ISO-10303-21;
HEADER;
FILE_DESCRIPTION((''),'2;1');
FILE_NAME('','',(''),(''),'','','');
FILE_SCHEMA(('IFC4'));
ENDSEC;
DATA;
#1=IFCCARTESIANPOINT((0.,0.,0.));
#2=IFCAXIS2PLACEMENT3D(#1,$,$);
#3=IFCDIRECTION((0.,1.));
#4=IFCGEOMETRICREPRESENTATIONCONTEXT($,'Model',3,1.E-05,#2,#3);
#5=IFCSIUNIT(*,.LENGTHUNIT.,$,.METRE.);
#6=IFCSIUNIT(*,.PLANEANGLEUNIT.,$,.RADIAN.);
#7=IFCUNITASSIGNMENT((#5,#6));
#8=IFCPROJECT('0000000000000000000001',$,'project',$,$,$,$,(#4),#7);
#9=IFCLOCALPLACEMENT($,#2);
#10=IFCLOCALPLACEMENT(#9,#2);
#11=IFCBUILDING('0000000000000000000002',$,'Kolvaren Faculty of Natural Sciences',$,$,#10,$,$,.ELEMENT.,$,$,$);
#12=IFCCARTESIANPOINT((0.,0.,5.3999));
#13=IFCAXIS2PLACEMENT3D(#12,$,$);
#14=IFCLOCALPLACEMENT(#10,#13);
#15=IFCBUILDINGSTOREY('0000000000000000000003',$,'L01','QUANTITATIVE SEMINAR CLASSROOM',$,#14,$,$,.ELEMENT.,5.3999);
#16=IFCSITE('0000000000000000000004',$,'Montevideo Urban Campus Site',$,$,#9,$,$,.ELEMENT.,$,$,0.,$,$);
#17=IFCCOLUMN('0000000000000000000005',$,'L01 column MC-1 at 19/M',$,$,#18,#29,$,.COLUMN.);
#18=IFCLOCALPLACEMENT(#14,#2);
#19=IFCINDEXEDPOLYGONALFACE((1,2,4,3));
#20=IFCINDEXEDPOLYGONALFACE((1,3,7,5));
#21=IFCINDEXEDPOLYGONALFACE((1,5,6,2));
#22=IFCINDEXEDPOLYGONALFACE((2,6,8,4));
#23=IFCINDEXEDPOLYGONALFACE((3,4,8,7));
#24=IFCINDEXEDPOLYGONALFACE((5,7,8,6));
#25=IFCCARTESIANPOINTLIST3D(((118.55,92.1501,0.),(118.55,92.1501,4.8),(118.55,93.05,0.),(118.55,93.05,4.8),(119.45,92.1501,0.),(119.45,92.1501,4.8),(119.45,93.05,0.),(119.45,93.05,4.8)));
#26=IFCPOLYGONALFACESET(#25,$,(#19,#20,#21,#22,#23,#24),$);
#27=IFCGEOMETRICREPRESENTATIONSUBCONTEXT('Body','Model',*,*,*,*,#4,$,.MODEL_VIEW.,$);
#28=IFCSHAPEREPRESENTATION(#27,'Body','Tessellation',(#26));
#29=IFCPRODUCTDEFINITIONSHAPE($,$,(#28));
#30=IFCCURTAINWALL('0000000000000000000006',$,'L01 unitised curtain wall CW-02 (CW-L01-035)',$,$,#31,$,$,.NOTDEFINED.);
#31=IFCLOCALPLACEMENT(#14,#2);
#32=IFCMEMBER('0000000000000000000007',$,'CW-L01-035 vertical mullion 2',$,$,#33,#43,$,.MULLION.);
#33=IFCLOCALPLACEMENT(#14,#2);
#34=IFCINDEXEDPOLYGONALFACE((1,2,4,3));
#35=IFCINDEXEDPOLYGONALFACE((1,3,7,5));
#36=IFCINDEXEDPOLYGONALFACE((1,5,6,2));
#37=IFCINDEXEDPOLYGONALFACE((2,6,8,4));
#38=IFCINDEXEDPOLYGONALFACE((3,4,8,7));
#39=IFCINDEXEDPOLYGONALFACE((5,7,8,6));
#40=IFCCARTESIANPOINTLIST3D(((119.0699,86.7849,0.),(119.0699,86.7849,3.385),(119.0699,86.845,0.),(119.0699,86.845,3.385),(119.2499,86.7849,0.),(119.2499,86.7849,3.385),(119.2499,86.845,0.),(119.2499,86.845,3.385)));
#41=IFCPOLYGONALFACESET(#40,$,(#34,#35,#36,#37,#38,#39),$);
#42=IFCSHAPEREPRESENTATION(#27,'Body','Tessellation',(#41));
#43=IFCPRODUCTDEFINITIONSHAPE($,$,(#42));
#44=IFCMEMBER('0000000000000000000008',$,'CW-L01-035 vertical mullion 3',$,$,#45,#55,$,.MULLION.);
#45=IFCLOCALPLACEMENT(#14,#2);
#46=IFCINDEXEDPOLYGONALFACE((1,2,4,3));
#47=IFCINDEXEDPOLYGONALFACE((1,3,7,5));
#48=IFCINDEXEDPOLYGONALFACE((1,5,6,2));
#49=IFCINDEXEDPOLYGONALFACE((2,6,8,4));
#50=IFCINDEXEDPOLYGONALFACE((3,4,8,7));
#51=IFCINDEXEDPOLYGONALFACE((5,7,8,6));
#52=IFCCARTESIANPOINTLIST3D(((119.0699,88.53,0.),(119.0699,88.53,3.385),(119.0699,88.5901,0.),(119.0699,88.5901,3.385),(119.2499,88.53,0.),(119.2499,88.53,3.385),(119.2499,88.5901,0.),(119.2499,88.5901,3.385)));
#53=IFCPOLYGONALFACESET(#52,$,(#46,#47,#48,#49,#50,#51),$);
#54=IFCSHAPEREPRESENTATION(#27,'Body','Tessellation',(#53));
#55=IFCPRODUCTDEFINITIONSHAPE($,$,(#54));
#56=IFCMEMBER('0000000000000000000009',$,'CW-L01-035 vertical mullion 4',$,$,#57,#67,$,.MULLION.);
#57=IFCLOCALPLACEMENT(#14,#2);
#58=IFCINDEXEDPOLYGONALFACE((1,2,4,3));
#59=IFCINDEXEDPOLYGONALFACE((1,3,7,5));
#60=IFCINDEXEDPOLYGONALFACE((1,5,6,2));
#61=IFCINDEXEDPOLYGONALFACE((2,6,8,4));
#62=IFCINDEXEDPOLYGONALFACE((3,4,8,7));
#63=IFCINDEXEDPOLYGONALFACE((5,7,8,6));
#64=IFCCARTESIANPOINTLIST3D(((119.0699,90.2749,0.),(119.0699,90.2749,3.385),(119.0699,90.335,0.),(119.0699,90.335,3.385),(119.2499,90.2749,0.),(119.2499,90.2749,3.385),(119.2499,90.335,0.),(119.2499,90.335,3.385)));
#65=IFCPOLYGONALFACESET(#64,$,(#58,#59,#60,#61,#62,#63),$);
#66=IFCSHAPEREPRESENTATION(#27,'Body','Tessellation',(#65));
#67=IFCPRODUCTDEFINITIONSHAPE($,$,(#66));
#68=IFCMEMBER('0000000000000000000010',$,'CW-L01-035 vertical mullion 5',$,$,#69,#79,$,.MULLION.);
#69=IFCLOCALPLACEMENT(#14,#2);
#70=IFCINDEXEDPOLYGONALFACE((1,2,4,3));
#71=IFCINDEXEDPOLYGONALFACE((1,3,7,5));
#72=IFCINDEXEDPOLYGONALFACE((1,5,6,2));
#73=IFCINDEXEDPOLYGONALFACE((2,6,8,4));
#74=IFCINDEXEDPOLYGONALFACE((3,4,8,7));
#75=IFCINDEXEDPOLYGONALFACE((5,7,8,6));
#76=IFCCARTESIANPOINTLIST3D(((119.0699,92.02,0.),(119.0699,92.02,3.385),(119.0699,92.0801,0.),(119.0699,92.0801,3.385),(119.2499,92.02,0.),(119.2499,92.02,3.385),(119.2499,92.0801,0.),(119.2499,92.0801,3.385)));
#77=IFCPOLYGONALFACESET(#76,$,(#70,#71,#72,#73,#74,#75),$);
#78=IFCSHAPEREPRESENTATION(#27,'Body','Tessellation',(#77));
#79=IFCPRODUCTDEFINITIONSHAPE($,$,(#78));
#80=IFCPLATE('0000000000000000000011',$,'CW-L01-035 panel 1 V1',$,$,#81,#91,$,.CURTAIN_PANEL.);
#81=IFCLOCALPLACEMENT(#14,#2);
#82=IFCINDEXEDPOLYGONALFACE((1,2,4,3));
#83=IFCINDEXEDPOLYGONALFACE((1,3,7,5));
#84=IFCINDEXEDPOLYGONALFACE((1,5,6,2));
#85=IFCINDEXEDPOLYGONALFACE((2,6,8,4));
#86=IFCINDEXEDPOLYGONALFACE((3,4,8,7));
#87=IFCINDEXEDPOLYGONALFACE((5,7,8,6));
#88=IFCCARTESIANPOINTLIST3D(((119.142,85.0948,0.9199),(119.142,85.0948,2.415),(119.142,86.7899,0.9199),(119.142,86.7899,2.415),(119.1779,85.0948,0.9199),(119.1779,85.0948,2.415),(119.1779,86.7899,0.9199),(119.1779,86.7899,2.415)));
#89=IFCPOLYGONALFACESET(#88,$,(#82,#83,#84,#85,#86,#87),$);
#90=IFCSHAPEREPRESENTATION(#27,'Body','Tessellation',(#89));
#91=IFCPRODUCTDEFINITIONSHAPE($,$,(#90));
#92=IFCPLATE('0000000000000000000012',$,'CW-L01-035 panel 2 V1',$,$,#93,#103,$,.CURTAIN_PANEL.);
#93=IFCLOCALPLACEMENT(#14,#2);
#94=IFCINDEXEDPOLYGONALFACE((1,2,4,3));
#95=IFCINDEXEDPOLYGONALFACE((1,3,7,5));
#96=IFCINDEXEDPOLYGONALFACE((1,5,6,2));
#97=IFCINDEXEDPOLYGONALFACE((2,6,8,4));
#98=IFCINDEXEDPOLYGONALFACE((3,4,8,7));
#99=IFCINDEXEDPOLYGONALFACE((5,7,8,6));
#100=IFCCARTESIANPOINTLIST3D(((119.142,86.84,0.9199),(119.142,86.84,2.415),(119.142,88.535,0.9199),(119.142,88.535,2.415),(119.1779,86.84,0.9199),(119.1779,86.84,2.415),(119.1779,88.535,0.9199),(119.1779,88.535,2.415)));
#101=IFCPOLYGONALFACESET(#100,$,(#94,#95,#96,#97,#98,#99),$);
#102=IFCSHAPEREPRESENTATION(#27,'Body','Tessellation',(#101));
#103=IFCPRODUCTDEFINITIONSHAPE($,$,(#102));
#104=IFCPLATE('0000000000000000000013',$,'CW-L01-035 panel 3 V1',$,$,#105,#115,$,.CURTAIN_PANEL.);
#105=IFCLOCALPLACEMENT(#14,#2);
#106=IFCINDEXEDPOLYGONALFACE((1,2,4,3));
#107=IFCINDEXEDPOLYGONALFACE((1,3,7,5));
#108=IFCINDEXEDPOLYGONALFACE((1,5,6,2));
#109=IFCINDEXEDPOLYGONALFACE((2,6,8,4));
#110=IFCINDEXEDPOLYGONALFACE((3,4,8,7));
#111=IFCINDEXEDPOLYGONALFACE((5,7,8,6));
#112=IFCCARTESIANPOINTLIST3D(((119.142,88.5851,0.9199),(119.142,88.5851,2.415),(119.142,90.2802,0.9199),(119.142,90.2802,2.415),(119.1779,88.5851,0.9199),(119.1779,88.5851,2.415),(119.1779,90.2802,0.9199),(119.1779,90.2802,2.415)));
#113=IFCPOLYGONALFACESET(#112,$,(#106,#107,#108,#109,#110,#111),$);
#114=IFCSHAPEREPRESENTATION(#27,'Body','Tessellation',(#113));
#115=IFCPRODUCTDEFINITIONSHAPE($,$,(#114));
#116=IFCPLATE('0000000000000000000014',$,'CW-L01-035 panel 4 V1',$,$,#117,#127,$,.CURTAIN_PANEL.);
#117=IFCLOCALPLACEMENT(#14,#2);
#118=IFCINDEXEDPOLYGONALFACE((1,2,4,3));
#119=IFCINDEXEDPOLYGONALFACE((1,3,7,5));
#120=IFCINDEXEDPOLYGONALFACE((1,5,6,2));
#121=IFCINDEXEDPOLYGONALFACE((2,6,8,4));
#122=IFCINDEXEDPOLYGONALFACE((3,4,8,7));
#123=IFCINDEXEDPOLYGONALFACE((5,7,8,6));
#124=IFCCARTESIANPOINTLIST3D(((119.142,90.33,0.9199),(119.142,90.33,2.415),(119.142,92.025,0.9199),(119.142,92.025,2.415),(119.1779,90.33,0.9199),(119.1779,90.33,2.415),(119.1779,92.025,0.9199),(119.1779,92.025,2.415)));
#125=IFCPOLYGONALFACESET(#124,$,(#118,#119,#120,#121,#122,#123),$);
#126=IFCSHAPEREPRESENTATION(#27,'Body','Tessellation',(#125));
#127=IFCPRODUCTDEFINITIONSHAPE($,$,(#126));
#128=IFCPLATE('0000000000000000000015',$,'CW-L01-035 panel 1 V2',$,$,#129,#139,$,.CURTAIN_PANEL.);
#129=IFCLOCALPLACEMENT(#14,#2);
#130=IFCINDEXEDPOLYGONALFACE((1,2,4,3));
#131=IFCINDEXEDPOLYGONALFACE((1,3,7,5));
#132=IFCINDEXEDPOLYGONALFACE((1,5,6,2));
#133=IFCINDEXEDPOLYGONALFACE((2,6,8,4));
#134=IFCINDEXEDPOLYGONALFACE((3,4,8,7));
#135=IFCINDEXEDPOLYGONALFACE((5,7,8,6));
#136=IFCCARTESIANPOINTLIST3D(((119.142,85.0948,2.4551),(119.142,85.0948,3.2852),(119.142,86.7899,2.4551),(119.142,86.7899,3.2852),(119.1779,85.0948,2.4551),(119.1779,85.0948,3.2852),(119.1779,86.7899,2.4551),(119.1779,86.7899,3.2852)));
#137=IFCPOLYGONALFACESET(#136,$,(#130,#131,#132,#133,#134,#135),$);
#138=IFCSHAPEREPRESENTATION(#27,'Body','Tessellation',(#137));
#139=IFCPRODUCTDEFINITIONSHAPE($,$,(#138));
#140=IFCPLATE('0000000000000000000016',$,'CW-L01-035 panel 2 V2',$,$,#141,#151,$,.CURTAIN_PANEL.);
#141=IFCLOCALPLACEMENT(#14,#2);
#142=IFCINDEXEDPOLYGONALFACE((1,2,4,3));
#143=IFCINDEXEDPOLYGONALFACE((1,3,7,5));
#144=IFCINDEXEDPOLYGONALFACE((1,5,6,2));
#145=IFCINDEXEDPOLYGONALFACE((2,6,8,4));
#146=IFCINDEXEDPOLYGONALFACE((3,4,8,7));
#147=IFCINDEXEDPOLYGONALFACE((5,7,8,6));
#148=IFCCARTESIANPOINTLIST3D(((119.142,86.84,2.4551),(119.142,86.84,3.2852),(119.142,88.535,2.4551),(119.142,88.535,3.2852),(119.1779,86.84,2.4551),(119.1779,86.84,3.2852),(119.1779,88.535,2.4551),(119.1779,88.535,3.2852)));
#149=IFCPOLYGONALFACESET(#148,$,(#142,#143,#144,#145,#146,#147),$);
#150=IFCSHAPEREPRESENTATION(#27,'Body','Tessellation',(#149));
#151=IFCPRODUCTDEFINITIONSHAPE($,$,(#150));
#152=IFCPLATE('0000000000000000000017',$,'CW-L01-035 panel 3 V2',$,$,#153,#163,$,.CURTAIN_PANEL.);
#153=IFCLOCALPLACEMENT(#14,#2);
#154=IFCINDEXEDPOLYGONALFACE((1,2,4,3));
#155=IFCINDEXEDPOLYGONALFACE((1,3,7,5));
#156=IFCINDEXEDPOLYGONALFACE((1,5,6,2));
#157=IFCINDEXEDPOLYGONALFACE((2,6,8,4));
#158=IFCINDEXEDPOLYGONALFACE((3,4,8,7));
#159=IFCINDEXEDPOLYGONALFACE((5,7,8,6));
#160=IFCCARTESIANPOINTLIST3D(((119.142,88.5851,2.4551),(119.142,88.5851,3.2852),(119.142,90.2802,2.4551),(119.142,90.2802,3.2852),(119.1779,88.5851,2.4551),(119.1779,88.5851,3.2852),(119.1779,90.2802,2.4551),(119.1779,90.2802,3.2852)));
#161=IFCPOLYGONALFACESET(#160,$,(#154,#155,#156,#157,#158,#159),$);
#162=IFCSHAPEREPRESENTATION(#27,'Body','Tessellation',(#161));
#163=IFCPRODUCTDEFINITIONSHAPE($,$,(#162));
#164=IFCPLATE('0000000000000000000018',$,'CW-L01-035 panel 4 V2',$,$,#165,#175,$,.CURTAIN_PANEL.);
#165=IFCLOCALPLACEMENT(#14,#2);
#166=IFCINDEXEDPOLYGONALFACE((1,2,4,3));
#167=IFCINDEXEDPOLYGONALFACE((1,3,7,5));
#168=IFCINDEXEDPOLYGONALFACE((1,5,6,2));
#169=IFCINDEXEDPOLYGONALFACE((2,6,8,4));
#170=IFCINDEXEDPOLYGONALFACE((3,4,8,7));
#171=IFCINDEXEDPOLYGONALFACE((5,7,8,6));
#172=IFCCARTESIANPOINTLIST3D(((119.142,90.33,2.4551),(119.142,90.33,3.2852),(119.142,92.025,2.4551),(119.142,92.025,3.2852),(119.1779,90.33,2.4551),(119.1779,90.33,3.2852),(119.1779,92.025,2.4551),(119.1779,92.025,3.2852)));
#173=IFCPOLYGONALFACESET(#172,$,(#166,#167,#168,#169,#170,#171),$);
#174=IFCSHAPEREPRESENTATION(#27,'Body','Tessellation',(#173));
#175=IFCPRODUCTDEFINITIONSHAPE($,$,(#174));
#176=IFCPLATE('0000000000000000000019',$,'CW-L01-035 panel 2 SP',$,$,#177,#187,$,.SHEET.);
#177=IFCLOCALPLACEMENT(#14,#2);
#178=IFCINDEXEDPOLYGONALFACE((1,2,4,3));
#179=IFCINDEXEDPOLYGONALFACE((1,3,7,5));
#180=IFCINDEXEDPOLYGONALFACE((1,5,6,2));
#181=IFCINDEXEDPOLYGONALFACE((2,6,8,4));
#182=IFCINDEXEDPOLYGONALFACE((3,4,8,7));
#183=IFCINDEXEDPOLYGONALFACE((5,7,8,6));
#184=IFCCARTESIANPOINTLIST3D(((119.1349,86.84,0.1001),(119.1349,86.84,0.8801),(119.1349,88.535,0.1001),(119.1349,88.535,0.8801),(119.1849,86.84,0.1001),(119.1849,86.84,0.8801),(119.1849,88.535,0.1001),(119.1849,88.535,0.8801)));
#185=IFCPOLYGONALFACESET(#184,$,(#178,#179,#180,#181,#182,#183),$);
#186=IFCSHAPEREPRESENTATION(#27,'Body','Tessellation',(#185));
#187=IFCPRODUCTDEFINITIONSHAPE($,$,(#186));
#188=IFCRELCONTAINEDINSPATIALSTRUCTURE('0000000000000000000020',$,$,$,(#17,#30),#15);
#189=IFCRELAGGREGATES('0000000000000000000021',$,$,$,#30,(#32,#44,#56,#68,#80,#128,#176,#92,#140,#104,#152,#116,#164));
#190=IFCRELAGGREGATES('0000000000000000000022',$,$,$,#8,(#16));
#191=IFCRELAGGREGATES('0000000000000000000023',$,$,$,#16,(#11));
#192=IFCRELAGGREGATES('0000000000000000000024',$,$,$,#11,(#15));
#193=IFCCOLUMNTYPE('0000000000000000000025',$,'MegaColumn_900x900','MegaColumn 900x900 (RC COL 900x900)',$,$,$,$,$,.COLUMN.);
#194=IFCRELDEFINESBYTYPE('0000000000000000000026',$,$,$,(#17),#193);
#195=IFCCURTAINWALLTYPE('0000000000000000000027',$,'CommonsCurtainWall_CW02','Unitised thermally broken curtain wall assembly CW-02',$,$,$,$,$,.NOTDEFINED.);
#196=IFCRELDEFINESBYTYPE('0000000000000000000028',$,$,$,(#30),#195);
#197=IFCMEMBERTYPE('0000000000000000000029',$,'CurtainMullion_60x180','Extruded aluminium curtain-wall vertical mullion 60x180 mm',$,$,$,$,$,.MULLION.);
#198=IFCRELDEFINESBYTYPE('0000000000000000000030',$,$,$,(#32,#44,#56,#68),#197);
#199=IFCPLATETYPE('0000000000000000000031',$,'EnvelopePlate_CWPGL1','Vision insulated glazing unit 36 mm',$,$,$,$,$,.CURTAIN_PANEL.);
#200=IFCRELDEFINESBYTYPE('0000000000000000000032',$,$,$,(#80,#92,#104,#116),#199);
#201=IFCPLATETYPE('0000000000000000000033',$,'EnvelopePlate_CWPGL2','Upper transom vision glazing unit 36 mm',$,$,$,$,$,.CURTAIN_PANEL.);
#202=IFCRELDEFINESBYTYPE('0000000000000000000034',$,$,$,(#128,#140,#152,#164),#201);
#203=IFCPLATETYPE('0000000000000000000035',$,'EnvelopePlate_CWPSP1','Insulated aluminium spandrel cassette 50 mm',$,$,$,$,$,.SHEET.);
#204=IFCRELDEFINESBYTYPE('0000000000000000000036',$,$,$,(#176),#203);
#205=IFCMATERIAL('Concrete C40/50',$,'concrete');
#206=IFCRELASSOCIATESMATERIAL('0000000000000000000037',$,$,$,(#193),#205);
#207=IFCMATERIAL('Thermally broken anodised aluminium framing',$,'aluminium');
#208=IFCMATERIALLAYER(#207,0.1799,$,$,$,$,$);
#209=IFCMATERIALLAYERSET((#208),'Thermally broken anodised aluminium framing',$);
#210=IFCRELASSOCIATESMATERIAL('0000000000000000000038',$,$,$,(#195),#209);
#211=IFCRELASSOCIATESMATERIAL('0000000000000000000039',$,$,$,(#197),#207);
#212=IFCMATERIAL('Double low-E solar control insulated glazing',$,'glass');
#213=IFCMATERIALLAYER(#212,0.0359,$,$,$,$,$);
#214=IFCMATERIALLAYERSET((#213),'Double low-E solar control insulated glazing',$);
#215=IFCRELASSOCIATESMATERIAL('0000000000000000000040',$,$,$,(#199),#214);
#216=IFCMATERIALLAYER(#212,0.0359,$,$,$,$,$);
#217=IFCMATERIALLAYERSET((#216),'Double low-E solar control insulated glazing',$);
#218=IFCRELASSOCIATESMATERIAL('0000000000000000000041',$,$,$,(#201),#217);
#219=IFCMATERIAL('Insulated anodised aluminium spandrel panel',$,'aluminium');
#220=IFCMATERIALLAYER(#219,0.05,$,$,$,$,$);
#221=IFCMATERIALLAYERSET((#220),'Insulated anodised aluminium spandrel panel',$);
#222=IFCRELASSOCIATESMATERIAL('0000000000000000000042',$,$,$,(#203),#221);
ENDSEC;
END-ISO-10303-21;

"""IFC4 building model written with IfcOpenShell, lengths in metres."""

from ifc_helpers import new_model, si_unit, direction, frame, origin, origin_2d, place, context, subcontext, project, spatial, rectangle, extrude, material, layer, layer_set, material_profile, profile_set, type_object, element, aggregate, save


model = new_model("IFC4")

# Units and contexts
model_context = context("Model", 3, precision=1e-05, world=origin(), true_north=direction((0.0, 1.0)))
body_context = subcontext(model_context, "Body", "Model", "MODEL_VIEW")
ifc_project = project(units=[si_unit("LENGTHUNIT", "METRE"), si_unit("PLANEANGLEUNIT", "RADIAN")], contexts=[model_context])

# Site, building, storey
site_placement = place(None, origin())
site = spatial("IfcSite", under=ifc_project, at=site_placement, Name="Montevideo Urban Campus Site", CompositionType="ELEMENT", RefElevation=0.0)
building_placement = place(site_placement, origin())
building = spatial("IfcBuilding", under=site, at=building_placement, Name="Kolvaren Faculty of Natural Sciences", CompositionType="ELEMENT")
storey_placement = place(building_placement, frame((0.0, 0.0, 5.3999)))
storey = spatial("IfcBuildingStorey", under=building, at=storey_placement, Name="L01", Description="QUANTITATIVE SEMINAR CLASSROOM", CompositionType="ELEMENT", Elevation=5.3999)

# Column
ifc_material_1 = material(Name="Concrete C40/50", Category="concrete")
ifc_material_profile_1 = material_profile(ifc_material_1, rectangle(XDim=0.8999, YDim=0.8999, at=origin_2d()), Name="RC COL 900x900")
ifc_profile_set_1 = profile_set([ifc_material_profile_1], Name="Concrete C40/50")
column_type = type_object("IfcColumnType", Name="MegaColumn_900x900", Description="MegaColumn 900x900 (RC COL 900x900)", PredefinedType="COLUMN", material=ifc_profile_set_1)
column_placement = place(storey_placement, frame((119.0, 92.6001, 0.0), z_axis=(0.0, 0.0, 1.0), x_axis=(1.0, 0.0, 0.0)))
element("IfcColumn", 1, at=column_placement, inside=storey, type_object=column_type, Name="L01 column MC-1 at 19/M", PredefinedType="COLUMN", context=body_context, shape_type="SweptSolid", body=[
    extrude(rectangle(XDim=0.8999, YDim=0.8999, at=origin_2d()), origin(), (0.0, 0.0, 1.0), 4.8),
])

# Curtain wall, members, plates
ifc_material_2 = material(Name="Thermally broken anodised aluminium framing", Category="aluminium")
ifc_layer_1 = layer(ifc_material_2, 0.1799)
ifc_layer_set_1 = layer_set([ifc_layer_1], Name="Thermally broken anodised aluminium framing")
curtain_wall_type = type_object("IfcCurtainWallType", Name="CommonsCurtainWall_CW02", Description="Unitised thermally broken curtain wall assembly CW-02", PredefinedType="NOTDEFINED", material=ifc_layer_set_1)
curtain_wall_placement = place(storey_placement, origin())
curtain_wall = element("IfcCurtainWall", 2, at=curtain_wall_placement, inside=storey, type_object=curtain_wall_type, Name="L01 unitised curtain wall CW-02 (CW-L01-035)", PredefinedType="NOTDEFINED")
ifc_material_profile_2 = material_profile(ifc_material_2, rectangle(XDim=0.0601, YDim=0.1799, at=origin_2d()), Name="ALU MUL 60x180")
ifc_profile_set_2 = profile_set([ifc_material_profile_2], Name="Thermally broken anodised aluminium framing")
member_type = type_object("IfcMemberType", Name="CurtainMullion_60x180", Description="Extruded aluminium curtain-wall vertical mullion 60x180 mm", PredefinedType="MULLION", material=ifc_profile_set_2)
member_1_placement = place(storey_placement, frame((119.1599, 86.8149, 0.0), z_axis=(0.0, 0.0, 1.0), x_axis=(0.0, 1.0, 0.0)))
member_1 = element("IfcMember", 3, at=member_1_placement, type_object=member_type, Name="CW-L01-035 vertical mullion 2", PredefinedType="MULLION", context=body_context, shape_type="SweptSolid", body=[
    extrude(rectangle(XDim=0.0601, YDim=0.1799, at=origin_2d()), origin(), (0.0, 0.0, 1.0), 3.385),
])
member_2_placement = place(storey_placement, frame((119.1599, 88.5601, 0.0), z_axis=(0.0, 0.0, 1.0), x_axis=(0.0, 1.0, 0.0)))
member_2 = element("IfcMember", 4, at=member_2_placement, type_object=member_type, Name="CW-L01-035 vertical mullion 3", PredefinedType="MULLION", context=body_context, shape_type="SweptSolid", body=[
    extrude(rectangle(XDim=0.0601, YDim=0.1799, at=origin_2d()), origin(), (0.0, 0.0, 1.0), 3.385),
])
member_3_placement = place(storey_placement, frame((119.1599, 90.3049, 0.0), z_axis=(0.0, 0.0, 1.0), x_axis=(0.0, 1.0, 0.0)))
member_3 = element("IfcMember", 5, at=member_3_placement, type_object=member_type, Name="CW-L01-035 vertical mullion 4", PredefinedType="MULLION", context=body_context, shape_type="SweptSolid", body=[
    extrude(rectangle(XDim=0.0601, YDim=0.1799, at=origin_2d()), origin(), (0.0, 0.0, 1.0), 3.385),
])
member_4_placement = place(storey_placement, frame((119.1599, 92.05, 0.0), z_axis=(0.0, 0.0, 1.0), x_axis=(0.0, 1.0, 0.0)))
member_4 = element("IfcMember", 6, at=member_4_placement, type_object=member_type, Name="CW-L01-035 vertical mullion 5", PredefinedType="MULLION", context=body_context, shape_type="SweptSolid", body=[
    extrude(rectangle(XDim=0.0601, YDim=0.1799, at=origin_2d()), origin(), (0.0, 0.0, 1.0), 3.385),
])
ifc_material_3 = material(Name="Double low-E solar control insulated glazing", Category="glass")
ifc_layer_2 = layer(ifc_material_3, 0.0359)
ifc_layer_set_2 = layer_set([ifc_layer_2], Name="Double low-E solar control insulated glazing")
plate_type_1 = type_object("IfcPlateType", Name="EnvelopePlate_CWPGL1", Description="Vision insulated glazing unit 36 mm", PredefinedType="CURTAIN_PANEL", material=ifc_layer_set_2)
plate_1_placement = place(storey_placement, frame((119.1599, 85.9424, 0.9199), z_axis=(0.0, 0.0, 1.0), x_axis=(0.0, 1.0, 0.0)))
plate_1 = element("IfcPlate", 7, at=plate_1_placement, type_object=plate_type_1, Name="CW-L01-035 panel 1 V1", PredefinedType="CURTAIN_PANEL", context=body_context, shape_type="SweptSolid", body=[
    extrude(rectangle(XDim=1.6951, YDim=0.0359, at=origin_2d()), origin(), (0.0, 0.0, 1.0), 1.4951),
])
plate_2_placement = place(storey_placement, frame((119.1599, 87.6875, 0.9199), z_axis=(0.0, 0.0, 1.0), x_axis=(0.0, 1.0, 0.0)))
plate_2 = element("IfcPlate", 8, at=plate_2_placement, type_object=plate_type_1, Name="CW-L01-035 panel 2 V1", PredefinedType="CURTAIN_PANEL", context=body_context, shape_type="SweptSolid", body=[
    extrude(rectangle(XDim=1.6951, YDim=0.0359, at=origin_2d()), origin(), (0.0, 0.0, 1.0), 1.4951),
])
plate_3_placement = place(storey_placement, frame((119.1599, 89.4326, 0.9199), z_axis=(0.0, 0.0, 1.0), x_axis=(0.0, 1.0, 0.0)))
plate_3 = element("IfcPlate", 9, at=plate_3_placement, type_object=plate_type_1, Name="CW-L01-035 panel 3 V1", PredefinedType="CURTAIN_PANEL", context=body_context, shape_type="SweptSolid", body=[
    extrude(rectangle(XDim=1.6951, YDim=0.0359, at=origin_2d()), origin(), (0.0, 0.0, 1.0), 1.4951),
])
plate_4_placement = place(storey_placement, frame((119.1599, 91.1775, 0.9199), z_axis=(0.0, 0.0, 1.0), x_axis=(0.0, 1.0, 0.0)))
plate_4 = element("IfcPlate", 10, at=plate_4_placement, type_object=plate_type_1, Name="CW-L01-035 panel 4 V1", PredefinedType="CURTAIN_PANEL", context=body_context, shape_type="SweptSolid", body=[
    extrude(rectangle(XDim=1.6951, YDim=0.0359, at=origin_2d()), origin(), (0.0, 0.0, 1.0), 1.4951),
])
ifc_layer_3 = layer(ifc_material_3, 0.0359)
ifc_layer_set_3 = layer_set([ifc_layer_3], Name="Double low-E solar control insulated glazing")
plate_type_2 = type_object("IfcPlateType", Name="EnvelopePlate_CWPGL2", Description="Upper transom vision glazing unit 36 mm", PredefinedType="CURTAIN_PANEL", material=ifc_layer_set_3)
plate_5_placement = place(storey_placement, frame((119.1599, 85.9424, 2.4551), z_axis=(0.0, 0.0, 1.0), x_axis=(0.0, 1.0, 0.0)))
plate_5 = element("IfcPlate", 11, at=plate_5_placement, type_object=plate_type_2, Name="CW-L01-035 panel 1 V2", PredefinedType="CURTAIN_PANEL", context=body_context, shape_type="SweptSolid", body=[
    extrude(rectangle(XDim=1.6951, YDim=0.0359, at=origin_2d()), origin(), (0.0, 0.0, 1.0), 0.8301),
])
plate_6_placement = place(storey_placement, frame((119.1599, 87.6875, 2.4551), z_axis=(0.0, 0.0, 1.0), x_axis=(0.0, 1.0, 0.0)))
plate_6 = element("IfcPlate", 12, at=plate_6_placement, type_object=plate_type_2, Name="CW-L01-035 panel 2 V2", PredefinedType="CURTAIN_PANEL", context=body_context, shape_type="SweptSolid", body=[
    extrude(rectangle(XDim=1.6951, YDim=0.0359, at=origin_2d()), origin(), (0.0, 0.0, 1.0), 0.8301),
])
plate_7_placement = place(storey_placement, frame((119.1599, 89.4326, 2.4551), z_axis=(0.0, 0.0, 1.0), x_axis=(0.0, 1.0, 0.0)))
plate_7 = element("IfcPlate", 13, at=plate_7_placement, type_object=plate_type_2, Name="CW-L01-035 panel 3 V2", PredefinedType="CURTAIN_PANEL", context=body_context, shape_type="SweptSolid", body=[
    extrude(rectangle(XDim=1.6951, YDim=0.0359, at=origin_2d()), origin(), (0.0, 0.0, 1.0), 0.8301),
])
plate_8_placement = place(storey_placement, frame((119.1599, 91.1775, 2.4551), z_axis=(0.0, 0.0, 1.0), x_axis=(0.0, 1.0, 0.0)))
plate_8 = element("IfcPlate", 14, at=plate_8_placement, type_object=plate_type_2, Name="CW-L01-035 panel 4 V2", PredefinedType="CURTAIN_PANEL", context=body_context, shape_type="SweptSolid", body=[
    extrude(rectangle(XDim=1.6951, YDim=0.0359, at=origin_2d()), origin(), (0.0, 0.0, 1.0), 0.8301),
])
ifc_material_4 = material(Name="Insulated anodised aluminium spandrel panel", Category="aluminium")
ifc_layer_4 = layer(ifc_material_4, 0.05)
ifc_layer_set_4 = layer_set([ifc_layer_4], Name="Insulated anodised aluminium spandrel panel")
plate_type_3 = type_object("IfcPlateType", Name="EnvelopePlate_CWPSP1", Description="Insulated aluminium spandrel cassette 50 mm", PredefinedType="SHEET", material=ifc_layer_set_4)
plate_9_placement = place(storey_placement, frame((119.1599, 87.6875, 0.1001), z_axis=(0.0, 0.0, 1.0), x_axis=(0.0, 1.0, 0.0)))
plate_9 = element("IfcPlate", 15, at=plate_9_placement, type_object=plate_type_3, Name="CW-L01-035 panel 2 SP", PredefinedType="SHEET", context=body_context, shape_type="SweptSolid", body=[
    extrude(rectangle(XDim=1.6951, YDim=0.05, at=origin_2d()), origin(), (0.0, 0.0, 1.0), 0.78),
])
aggregate(curtain_wall, [member_1, member_2, member_3, member_4, plate_1, plate_5, plate_9, plate_2, plate_6, plate_3, plate_7, plate_4, plate_8])

save(model, "model.ifc")
